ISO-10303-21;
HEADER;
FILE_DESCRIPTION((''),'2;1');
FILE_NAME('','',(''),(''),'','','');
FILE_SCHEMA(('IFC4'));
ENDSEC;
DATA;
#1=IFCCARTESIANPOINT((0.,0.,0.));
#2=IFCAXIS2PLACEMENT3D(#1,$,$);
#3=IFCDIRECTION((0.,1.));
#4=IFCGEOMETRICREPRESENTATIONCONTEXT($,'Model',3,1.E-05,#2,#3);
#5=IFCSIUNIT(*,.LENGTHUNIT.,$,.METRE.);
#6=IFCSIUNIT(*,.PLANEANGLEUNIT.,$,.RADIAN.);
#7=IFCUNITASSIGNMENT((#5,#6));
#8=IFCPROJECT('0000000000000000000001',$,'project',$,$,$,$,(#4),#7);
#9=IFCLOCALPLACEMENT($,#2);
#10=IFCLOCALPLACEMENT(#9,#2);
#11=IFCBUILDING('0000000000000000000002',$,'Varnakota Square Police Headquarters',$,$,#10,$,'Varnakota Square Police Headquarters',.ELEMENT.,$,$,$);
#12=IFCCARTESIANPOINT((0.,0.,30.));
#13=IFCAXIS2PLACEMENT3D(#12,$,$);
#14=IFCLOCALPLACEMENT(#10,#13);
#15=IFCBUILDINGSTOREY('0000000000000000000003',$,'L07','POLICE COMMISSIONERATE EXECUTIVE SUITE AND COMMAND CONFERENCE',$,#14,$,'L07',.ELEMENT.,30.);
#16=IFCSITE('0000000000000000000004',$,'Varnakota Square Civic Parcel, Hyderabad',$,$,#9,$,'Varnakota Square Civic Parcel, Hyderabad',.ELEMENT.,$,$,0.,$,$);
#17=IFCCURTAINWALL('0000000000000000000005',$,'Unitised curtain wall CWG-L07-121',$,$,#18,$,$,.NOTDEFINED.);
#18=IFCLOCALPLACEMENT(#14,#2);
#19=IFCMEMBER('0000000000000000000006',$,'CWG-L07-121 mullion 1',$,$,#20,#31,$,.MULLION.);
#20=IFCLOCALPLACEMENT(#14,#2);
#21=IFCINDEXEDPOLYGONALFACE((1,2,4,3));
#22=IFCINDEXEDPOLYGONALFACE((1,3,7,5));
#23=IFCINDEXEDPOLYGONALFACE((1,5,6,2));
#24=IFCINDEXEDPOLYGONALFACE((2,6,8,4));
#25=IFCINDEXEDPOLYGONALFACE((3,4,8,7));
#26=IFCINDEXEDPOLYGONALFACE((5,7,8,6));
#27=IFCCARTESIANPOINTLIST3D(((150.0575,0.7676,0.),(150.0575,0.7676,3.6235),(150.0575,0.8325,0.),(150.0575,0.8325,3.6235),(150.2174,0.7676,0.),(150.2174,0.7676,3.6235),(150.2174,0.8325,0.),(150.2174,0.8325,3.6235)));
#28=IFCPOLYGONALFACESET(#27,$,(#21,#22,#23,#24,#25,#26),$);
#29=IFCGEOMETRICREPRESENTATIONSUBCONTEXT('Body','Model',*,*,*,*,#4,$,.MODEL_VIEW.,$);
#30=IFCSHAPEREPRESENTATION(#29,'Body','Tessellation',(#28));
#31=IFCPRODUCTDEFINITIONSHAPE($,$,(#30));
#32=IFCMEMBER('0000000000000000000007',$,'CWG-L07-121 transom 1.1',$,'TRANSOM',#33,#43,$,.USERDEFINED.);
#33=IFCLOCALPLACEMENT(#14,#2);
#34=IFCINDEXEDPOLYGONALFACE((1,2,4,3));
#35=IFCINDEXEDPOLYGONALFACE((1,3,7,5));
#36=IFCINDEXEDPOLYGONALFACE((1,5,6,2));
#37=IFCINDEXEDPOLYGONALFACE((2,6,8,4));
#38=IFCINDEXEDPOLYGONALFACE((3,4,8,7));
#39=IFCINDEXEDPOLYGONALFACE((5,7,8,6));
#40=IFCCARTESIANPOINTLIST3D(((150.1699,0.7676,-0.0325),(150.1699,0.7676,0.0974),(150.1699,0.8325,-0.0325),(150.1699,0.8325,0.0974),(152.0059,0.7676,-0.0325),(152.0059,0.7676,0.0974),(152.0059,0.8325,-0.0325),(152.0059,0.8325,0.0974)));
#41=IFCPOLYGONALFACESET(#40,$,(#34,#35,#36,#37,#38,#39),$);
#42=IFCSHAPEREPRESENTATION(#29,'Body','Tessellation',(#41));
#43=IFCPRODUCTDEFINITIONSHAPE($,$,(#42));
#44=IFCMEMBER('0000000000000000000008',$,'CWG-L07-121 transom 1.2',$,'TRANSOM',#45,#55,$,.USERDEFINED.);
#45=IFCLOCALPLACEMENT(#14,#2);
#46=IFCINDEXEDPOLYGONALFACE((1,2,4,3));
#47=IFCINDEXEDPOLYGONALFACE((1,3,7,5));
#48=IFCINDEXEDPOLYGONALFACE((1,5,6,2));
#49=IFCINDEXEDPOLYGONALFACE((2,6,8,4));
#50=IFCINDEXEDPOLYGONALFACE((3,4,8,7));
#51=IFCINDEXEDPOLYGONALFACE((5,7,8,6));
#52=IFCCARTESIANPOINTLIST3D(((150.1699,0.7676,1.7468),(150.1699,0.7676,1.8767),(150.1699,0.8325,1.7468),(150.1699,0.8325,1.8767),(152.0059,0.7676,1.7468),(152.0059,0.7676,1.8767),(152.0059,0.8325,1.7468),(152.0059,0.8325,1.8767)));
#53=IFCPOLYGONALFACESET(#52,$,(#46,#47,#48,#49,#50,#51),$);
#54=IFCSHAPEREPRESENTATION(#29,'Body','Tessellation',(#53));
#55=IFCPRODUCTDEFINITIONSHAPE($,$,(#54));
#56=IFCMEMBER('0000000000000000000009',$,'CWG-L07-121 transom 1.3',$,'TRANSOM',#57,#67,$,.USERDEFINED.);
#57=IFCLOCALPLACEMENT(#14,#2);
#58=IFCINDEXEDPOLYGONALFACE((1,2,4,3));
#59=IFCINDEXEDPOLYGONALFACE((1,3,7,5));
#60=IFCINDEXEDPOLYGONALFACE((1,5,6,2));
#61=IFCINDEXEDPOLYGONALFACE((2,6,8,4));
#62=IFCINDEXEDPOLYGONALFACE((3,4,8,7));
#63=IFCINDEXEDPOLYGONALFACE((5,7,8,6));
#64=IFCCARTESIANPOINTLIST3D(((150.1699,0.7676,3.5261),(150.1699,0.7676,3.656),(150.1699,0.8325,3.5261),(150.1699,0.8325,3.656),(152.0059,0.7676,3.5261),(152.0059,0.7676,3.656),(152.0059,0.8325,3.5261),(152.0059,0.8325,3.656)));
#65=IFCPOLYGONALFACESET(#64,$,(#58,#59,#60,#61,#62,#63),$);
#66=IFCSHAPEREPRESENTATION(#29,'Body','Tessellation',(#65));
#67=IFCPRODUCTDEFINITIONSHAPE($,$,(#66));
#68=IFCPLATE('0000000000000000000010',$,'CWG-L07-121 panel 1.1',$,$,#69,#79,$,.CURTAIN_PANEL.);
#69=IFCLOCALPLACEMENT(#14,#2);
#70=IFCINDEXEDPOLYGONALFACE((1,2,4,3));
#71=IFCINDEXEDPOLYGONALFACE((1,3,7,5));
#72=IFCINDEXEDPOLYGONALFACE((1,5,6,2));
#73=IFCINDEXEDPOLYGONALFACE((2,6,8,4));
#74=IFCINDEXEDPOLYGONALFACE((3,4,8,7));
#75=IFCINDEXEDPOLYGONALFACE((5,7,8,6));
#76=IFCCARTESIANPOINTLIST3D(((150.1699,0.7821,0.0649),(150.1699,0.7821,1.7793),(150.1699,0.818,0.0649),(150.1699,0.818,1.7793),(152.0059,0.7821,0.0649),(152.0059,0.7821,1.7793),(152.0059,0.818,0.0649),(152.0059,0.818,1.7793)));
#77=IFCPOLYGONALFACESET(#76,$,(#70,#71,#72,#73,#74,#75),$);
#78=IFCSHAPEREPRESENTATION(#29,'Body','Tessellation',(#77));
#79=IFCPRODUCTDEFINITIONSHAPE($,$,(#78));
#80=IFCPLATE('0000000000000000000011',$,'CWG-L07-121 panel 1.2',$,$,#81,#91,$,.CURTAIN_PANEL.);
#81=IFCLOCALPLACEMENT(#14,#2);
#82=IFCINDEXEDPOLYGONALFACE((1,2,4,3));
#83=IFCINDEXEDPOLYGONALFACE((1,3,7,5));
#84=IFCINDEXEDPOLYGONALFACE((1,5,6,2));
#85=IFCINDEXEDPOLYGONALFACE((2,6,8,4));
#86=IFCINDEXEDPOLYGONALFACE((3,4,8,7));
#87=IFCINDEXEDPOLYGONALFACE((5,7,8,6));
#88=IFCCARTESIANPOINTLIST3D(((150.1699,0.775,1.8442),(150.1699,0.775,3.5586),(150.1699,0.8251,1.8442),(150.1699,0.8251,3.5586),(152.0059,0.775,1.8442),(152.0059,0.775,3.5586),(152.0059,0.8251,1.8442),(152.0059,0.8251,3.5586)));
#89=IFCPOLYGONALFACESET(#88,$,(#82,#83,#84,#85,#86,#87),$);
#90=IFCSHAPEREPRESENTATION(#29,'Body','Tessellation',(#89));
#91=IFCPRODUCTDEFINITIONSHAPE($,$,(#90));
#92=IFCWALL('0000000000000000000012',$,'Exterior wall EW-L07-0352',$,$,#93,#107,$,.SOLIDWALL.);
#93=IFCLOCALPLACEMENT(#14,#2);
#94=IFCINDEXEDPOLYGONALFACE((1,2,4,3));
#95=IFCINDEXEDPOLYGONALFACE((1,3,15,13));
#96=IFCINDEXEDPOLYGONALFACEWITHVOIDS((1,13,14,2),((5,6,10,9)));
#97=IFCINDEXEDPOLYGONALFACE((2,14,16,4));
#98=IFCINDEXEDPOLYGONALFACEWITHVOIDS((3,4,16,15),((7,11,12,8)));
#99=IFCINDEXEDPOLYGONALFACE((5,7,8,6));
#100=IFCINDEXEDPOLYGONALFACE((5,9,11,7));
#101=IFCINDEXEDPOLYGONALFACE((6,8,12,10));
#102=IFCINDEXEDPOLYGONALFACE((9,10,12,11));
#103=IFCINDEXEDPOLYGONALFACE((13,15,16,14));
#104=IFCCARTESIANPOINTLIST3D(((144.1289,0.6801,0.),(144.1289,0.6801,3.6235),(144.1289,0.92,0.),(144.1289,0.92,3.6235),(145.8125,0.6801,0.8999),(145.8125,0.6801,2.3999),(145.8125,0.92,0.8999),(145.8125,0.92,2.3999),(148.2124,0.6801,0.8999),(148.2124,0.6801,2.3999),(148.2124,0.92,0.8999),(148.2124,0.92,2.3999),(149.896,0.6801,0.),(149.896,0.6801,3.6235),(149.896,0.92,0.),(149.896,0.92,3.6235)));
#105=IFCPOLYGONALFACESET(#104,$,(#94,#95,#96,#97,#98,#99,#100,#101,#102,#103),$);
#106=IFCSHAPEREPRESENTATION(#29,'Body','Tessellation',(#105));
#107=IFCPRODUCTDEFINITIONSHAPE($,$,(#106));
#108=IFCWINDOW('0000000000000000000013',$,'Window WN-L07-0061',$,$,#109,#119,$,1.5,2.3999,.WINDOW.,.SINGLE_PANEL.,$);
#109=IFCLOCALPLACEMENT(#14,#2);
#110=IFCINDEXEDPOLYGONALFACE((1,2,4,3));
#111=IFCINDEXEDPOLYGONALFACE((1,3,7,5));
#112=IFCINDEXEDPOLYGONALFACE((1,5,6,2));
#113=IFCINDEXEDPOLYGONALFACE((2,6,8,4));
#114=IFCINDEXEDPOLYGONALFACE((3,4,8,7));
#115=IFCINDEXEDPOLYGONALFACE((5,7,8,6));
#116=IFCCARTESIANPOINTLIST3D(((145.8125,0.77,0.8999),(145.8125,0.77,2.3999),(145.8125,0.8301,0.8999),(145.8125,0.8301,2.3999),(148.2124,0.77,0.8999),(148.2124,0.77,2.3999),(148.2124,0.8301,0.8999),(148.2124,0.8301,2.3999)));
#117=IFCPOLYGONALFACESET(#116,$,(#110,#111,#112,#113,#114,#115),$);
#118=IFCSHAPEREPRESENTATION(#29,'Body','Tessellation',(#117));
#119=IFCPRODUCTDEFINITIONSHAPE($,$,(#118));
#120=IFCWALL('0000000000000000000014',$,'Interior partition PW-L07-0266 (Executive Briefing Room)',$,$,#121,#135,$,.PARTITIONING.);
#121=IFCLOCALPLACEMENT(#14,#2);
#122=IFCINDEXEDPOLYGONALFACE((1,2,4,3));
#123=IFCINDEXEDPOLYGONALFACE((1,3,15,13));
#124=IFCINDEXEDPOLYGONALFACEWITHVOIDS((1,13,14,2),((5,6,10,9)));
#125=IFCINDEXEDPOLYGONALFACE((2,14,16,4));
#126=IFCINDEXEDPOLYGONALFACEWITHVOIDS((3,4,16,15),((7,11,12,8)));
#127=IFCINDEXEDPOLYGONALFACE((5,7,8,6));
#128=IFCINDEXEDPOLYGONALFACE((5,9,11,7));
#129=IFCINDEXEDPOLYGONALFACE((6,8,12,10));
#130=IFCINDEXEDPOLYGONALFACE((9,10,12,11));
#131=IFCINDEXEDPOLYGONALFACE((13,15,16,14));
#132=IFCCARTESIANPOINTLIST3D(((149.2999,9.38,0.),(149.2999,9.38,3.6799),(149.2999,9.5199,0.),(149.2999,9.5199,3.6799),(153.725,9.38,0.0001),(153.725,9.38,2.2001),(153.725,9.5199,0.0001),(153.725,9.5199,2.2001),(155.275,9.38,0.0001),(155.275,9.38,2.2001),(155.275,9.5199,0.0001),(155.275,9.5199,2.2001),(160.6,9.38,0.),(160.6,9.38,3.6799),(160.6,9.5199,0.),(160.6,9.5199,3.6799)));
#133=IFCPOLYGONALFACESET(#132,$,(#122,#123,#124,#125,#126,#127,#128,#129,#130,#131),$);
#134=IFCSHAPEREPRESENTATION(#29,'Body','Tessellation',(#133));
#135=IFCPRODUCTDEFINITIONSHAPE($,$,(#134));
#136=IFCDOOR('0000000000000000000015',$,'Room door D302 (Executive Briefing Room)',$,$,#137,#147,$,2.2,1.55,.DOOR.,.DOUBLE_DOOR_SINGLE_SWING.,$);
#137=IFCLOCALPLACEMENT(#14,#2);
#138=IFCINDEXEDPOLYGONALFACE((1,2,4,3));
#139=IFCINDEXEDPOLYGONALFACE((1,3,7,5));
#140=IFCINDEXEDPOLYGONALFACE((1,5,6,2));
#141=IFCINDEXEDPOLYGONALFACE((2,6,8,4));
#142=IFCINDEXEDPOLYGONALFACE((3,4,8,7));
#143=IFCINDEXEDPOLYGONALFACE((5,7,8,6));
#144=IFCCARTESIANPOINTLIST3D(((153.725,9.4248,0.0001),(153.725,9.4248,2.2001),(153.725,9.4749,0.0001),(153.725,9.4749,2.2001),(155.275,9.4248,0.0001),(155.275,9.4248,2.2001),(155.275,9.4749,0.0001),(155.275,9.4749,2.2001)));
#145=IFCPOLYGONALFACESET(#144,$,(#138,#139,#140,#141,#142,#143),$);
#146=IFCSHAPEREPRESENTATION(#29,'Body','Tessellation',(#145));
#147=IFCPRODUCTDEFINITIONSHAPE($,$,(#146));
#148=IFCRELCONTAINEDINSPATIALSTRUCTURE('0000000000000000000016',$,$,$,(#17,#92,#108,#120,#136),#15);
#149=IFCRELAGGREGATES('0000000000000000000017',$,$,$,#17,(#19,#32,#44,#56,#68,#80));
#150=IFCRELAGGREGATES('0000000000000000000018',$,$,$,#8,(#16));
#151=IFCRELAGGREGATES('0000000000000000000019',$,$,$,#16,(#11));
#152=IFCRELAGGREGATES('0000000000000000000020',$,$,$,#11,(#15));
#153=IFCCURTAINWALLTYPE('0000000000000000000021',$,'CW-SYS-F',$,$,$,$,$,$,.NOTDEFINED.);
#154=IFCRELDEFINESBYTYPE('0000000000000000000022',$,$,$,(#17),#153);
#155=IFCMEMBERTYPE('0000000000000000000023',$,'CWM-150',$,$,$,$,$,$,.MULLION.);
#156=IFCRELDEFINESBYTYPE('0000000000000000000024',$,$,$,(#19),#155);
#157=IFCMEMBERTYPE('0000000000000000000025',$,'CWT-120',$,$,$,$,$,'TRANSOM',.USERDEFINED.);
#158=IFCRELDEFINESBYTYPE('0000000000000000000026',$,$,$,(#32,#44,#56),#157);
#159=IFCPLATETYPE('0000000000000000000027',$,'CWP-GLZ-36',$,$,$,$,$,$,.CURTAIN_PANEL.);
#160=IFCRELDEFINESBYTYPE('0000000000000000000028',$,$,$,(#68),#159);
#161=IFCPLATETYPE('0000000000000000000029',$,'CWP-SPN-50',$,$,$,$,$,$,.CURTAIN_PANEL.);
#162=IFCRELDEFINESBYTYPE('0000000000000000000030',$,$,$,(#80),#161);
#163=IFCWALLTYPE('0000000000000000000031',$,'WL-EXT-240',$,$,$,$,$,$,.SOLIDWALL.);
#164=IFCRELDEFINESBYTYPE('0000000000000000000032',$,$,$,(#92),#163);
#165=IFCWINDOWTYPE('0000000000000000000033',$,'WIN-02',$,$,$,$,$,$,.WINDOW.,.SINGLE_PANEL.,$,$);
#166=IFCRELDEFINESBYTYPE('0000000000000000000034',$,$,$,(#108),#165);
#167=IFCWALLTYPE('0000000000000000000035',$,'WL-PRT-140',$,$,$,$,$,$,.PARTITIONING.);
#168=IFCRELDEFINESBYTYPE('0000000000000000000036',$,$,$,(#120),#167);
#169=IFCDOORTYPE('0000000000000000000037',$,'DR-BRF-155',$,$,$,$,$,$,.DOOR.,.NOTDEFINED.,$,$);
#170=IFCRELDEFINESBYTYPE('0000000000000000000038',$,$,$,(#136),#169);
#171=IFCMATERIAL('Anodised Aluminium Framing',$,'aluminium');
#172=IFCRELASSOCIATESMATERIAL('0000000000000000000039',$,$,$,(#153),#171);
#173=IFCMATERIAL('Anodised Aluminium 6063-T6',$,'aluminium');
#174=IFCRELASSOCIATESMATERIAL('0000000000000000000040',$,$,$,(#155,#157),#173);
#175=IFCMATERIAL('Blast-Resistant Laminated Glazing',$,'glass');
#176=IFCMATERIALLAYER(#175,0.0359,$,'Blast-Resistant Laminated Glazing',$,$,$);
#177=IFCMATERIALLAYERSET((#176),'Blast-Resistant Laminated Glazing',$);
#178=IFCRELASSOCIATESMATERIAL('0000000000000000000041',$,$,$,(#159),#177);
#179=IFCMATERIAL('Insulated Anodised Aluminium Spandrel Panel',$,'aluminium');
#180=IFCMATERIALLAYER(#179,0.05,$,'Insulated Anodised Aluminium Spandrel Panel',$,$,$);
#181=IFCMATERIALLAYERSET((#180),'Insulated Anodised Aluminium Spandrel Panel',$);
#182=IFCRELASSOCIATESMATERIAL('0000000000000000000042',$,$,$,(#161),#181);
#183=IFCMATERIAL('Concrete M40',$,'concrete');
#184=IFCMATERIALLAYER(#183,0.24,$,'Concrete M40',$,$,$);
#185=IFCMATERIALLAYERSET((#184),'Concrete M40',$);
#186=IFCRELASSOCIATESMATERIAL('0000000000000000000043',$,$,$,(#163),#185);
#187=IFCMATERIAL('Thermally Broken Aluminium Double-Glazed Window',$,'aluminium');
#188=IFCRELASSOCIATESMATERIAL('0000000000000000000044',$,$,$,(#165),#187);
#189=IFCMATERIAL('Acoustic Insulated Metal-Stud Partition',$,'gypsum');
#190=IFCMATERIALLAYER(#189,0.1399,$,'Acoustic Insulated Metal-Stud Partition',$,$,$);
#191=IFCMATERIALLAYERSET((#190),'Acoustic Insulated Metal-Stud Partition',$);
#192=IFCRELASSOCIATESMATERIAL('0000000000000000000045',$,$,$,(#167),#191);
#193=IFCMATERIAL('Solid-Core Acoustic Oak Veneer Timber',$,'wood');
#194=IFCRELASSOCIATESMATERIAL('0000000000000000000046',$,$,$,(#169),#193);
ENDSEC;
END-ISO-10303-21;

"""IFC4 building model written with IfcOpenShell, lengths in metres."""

from ifc_helpers import new_model, si_unit, direction, frame, frame_2d, origin, origin_2d, place, context, subcontext, project, spatial, rectangle, extrude, material, layer, layer_set, material_profile, profile_set, type_object, element, fill, aggregate, save


model = new_model("IFC4")

# Units and contexts
model_context = context("Model", 3, precision=1e-05, world=origin(), true_north=direction((0.0, 1.0)))
body_context = subcontext(model_context, "Body", "Model", "MODEL_VIEW")
ifc_project = project(units=[si_unit("LENGTHUNIT", "METRE"), si_unit("PLANEANGLEUNIT", "RADIAN")], contexts=[model_context])

# Site, building, storey
site_placement = place(None, origin())
site = spatial("IfcSite", under=ifc_project, at=site_placement, Name="Varnakota Square Civic Parcel, Hyderabad", LongName="Varnakota Square Civic Parcel, Hyderabad", CompositionType="ELEMENT", RefElevation=0.0)
building_placement = place(site_placement, origin())
building = spatial("IfcBuilding", under=site, at=building_placement, Name="Varnakota Square Police Headquarters", LongName="Varnakota Square Police Headquarters", CompositionType="ELEMENT")
storey_placement = place(building_placement, frame((0.0, 0.0, 30.0)))
storey = spatial("IfcBuildingStorey", under=building, at=storey_placement, Name="L07", Description="POLICE COMMISSIONERATE EXECUTIVE SUITE AND COMMAND CONFERENCE", LongName="L07", CompositionType="ELEMENT", Elevation=30.0)

# Curtain wall, members, plates
ifc_material_1 = material(Name="Anodised Aluminium Framing", Category="aluminium")
curtain_wall_type = type_object("IfcCurtainWallType", Name="CW-SYS-F", PredefinedType="NOTDEFINED", material=ifc_material_1)
curtain_wall_placement = place(storey_placement, origin())
curtain_wall = element("IfcCurtainWall", 1, at=curtain_wall_placement, inside=storey, type_object=curtain_wall_type, Name="Unitised curtain wall CWG-L07-121", PredefinedType="NOTDEFINED")
ifc_material_2 = material(Name="Anodised Aluminium 6063-T6", Category="aluminium")
ifc_material_profile_1 = material_profile(ifc_material_2, rectangle(XDim=0.0649, YDim=0.1599, at=origin_2d()), Name="ALU MULLION 65x160")
ifc_profile_set_1 = profile_set([ifc_material_profile_1], Name="Anodised Aluminium 6063-T6")
member_type_1 = type_object("IfcMemberType", Name="CWM-150", PredefinedType="MULLION", material=ifc_profile_set_1)
member_1_placement = place(storey_placement, frame((150.1375, 0.8, 0.0), z_axis=(0.0, 0.0, 1.0), x_axis=(0.0, 1.0, 0.0)))
member_1 = element("IfcMember", 2, at=member_1_placement, type_object=member_type_1, Name="CWG-L07-121 mullion 1", PredefinedType="MULLION", context=body_context, shape_type="SweptSolid", body=[
    extrude(rectangle(XDim=0.0649, YDim=0.1599, at=origin_2d()), origin(), (0.0, 0.0, 1.0), 3.6235),
])
ifc_material_profile_2 = material_profile(ifc_material_2, rectangle(XDim=0.0649, YDim=0.1299, at=origin_2d()), Name="ALU TRANSOM 65x130")
ifc_profile_set_2 = profile_set([ifc_material_profile_2], Name="Anodised Aluminium 6063-T6")
member_type_2 = type_object("IfcMemberType", Name="CWT-120", ElementType="TRANSOM", PredefinedType="USERDEFINED", material=ifc_profile_set_2)
member_2_placement = place(storey_placement, frame((150.1699, 0.8, 0.0325), z_axis=(1.0, 0.0, 0.0), x_axis=(0.0, 1.0, 0.0)))
member_2 = element("IfcMember", 3, at=member_2_placement, type_object=member_type_2, Name="CWG-L07-121 transom 1.1", ObjectType="TRANSOM", PredefinedType="USERDEFINED", context=body_context, shape_type="SweptSolid", body=[
    extrude(rectangle(XDim=0.0649, YDim=0.1299, at=origin_2d()), origin(), (0.0, 0.0, 1.0), 1.8359),
])
member_3_placement = place(storey_placement, frame((150.1699, 0.8, 1.8118), z_axis=(1.0, 0.0, 0.0), x_axis=(0.0, 1.0, 0.0)))
member_3 = element("IfcMember", 4, at=member_3_placement, type_object=member_type_2, Name="CWG-L07-121 transom 1.2", ObjectType="TRANSOM", PredefinedType="USERDEFINED", context=body_context, shape_type="SweptSolid", body=[
    extrude(rectangle(XDim=0.0649, YDim=0.1299, at=origin_2d()), origin(), (0.0, 0.0, 1.0), 1.8359),
])
member_4_placement = place(storey_placement, frame((150.1699, 0.8, 3.5911), z_axis=(1.0, 0.0, 0.0), x_axis=(0.0, 1.0, 0.0)))
member_4 = element("IfcMember", 5, at=member_4_placement, type_object=member_type_2, Name="CWG-L07-121 transom 1.3", ObjectType="TRANSOM", PredefinedType="USERDEFINED", context=body_context, shape_type="SweptSolid", body=[
    extrude(rectangle(XDim=0.0649, YDim=0.1299, at=origin_2d()), origin(), (0.0, 0.0, 1.0), 1.8359),
])
ifc_material_3 = material(Name="Blast-Resistant Laminated Glazing", Category="glass")
ifc_layer_1 = layer(ifc_material_3, 0.0359, Name="Blast-Resistant Laminated Glazing")
ifc_layer_set_1 = layer_set([ifc_layer_1], Name="Blast-Resistant Laminated Glazing")
plate_type_1 = type_object("IfcPlateType", Name="CWP-GLZ-36", PredefinedType="CURTAIN_PANEL", material=ifc_layer_set_1)
plate_1_placement = place(storey_placement, frame((151.0879, 0.8, 0.0649), z_axis=(0.0, 0.0, 1.0), x_axis=(1.0, 0.0, 0.0)))
plate_1 = element("IfcPlate", 6, at=plate_1_placement, type_object=plate_type_1, Name="CWG-L07-121 panel 1.1", PredefinedType="CURTAIN_PANEL", context=body_context, shape_type="SweptSolid", body=[
    extrude(rectangle(XDim=1.8359, YDim=0.0359, at=origin_2d()), origin(), (0.0, 0.0, 1.0), 1.7144),
])
ifc_material_4 = material(Name="Insulated Anodised Aluminium Spandrel Panel", Category="aluminium")
ifc_layer_2 = layer(ifc_material_4, 0.05, Name="Insulated Anodised Aluminium Spandrel Panel")
ifc_layer_set_2 = layer_set([ifc_layer_2], Name="Insulated Anodised Aluminium Spandrel Panel")
plate_type_2 = type_object("IfcPlateType", Name="CWP-SPN-50", PredefinedType="CURTAIN_PANEL", material=ifc_layer_set_2)
plate_2_placement = place(storey_placement, frame((151.0879, 0.8, 1.8442), z_axis=(0.0, 0.0, 1.0), x_axis=(1.0, 0.0, 0.0)))
plate_2 = element("IfcPlate", 7, at=plate_2_placement, type_object=plate_type_2, Name="CWG-L07-121 panel 1.2", PredefinedType="CURTAIN_PANEL", context=body_context, shape_type="SweptSolid", body=[
    extrude(rectangle(XDim=1.8359, YDim=0.05, at=origin_2d()), origin(), (0.0, 0.0, 1.0), 1.7144),
])
aggregate(curtain_wall, [member_1, member_2, member_3, member_4, plate_1, plate_2])

# Wall, opening, window
ifc_material_5 = material(Name="Concrete M40", Category="concrete")
ifc_layer_3 = layer(ifc_material_5, 0.24, Name="Concrete M40")
ifc_layer_set_3 = layer_set([ifc_layer_3], Name="Concrete M40")
wall_type_1 = type_object("IfcWallType", Name="WL-EXT-240", PredefinedType="SOLIDWALL", material=ifc_layer_set_3)
wall_1_placement = place(storey_placement, frame((144.1289, 0.8, 0.0), z_axis=(0.0, 0.0, 1.0), x_axis=(1.0, 0.0, 0.0)))
wall_1 = element("IfcWall", 8, at=wall_1_placement, inside=storey, type_object=wall_type_1, Name="Exterior wall EW-L07-0352", PredefinedType="SOLIDWALL", context=body_context, shape_type="SweptSolid", body=[
    extrude(rectangle(XDim=5.7671, YDim=0.24, at=frame_2d((2.8835, 0.0))), origin(), (0.0, 0.0, 1.0), 3.6235),
])
opening_1_placement = place(wall_1_placement, frame((1.6836, 0.0, 0.8999)))
opening_1 = element("IfcOpeningElement", 9, at=opening_1_placement, cuts=wall_1, PredefinedType="OPENING", context=body_context, shape_type="SweptSolid", body=[
    extrude(rectangle(XDim=2.3999, YDim=1.5, at=frame_2d((1.2, 0.75))), frame((0.0, 0.1299, 0.0), z_axis=(0.0, -1.0, 0.0), x_axis=(1.0, 0.0, 0.0)), (0.0, 0.0, 1.0), 0.26),
])
ifc_material_6 = material(Name="Thermally Broken Aluminium Double-Glazed Window", Category="aluminium")
window_type = type_object("IfcWindowType", Name="WIN-02", PartitioningType="SINGLE_PANEL", PredefinedType="WINDOW", material=ifc_material_6)
window_placement = place(opening_1_placement, origin())
window = element("IfcWindow", 10, at=window_placement, inside=storey, type_object=window_type, Name="Window WN-L07-0061", OverallHeight=1.5, OverallWidth=2.3999, PartitioningType="SINGLE_PANEL", PredefinedType="WINDOW", context=body_context, shape_type="SweptSolid", body=[
    extrude(rectangle(XDim=2.3999, YDim=1.5, at=frame_2d((1.2, 0.75))), frame((0.0, 0.03, 0.0), z_axis=(0.0, -1.0, 0.0), x_axis=(1.0, 0.0, 0.0)), (0.0, 0.0, 1.0), 0.0601),
])
fill(opening_1, window)

# Wall, opening, door
ifc_material_7 = material(Name="Acoustic Insulated Metal-Stud Partition", Category="gypsum")
ifc_layer_4 = layer(ifc_material_7, 0.1399, Name="Acoustic Insulated Metal-Stud Partition")
ifc_layer_set_4 = layer_set([ifc_layer_4], Name="Acoustic Insulated Metal-Stud Partition")
wall_type_2 = type_object("IfcWallType", Name="WL-PRT-140", PredefinedType="PARTITIONING", material=ifc_layer_set_4)
wall_2_placement = place(storey_placement, frame((149.3, 9.45, 0.0), z_axis=(0.0, 0.0, 1.0), x_axis=(1.0, 0.0, 0.0)))
wall_2 = element("IfcWall", 11, at=wall_2_placement, inside=storey, type_object=wall_type_2, Name="Interior partition PW-L07-0266 (Executive Briefing Room)", PredefinedType="PARTITIONING", context=body_context, shape_type="SweptSolid", body=[
    extrude(rectangle(XDim=11.3, YDim=0.1399, at=frame_2d((5.6499, 0.0))), origin(), (0.0, 0.0, 1.0), 3.6799),
])
opening_2_placement = place(wall_2_placement, frame((4.425, 0.0, 0.0)))
opening_2 = element("IfcOpeningElement", 12, at=opening_2_placement, cuts=wall_2, PredefinedType="OPENING", context=body_context, shape_type="SweptSolid", body=[
    extrude(rectangle(XDim=1.55, YDim=2.2, at=frame_2d((0.7749, 1.1001))), frame((0.0, 0.0798, 0.0), z_axis=(0.0, -1.0, 0.0), x_axis=(1.0, 0.0, 0.0)), (0.0, 0.0, 1.0), 0.1599),
])
ifc_material_8 = material(Name="Solid-Core Acoustic Oak Veneer Timber", Category="wood")
door_type = type_object("IfcDoorType", Name="DR-BRF-155", OperationType="NOTDEFINED", PredefinedType="DOOR", material=ifc_material_8)
door_placement = place(opening_2_placement, origin())
door = element("IfcDoor", 13, at=door_placement, inside=storey, type_object=door_type, Name="Room door D302 (Executive Briefing Room)", OperationType="DOUBLE_DOOR_SINGLE_SWING", OverallHeight=2.2, OverallWidth=1.55, PredefinedType="DOOR", context=body_context, shape_type="SweptSolid", body=[
    extrude(rectangle(XDim=1.55, YDim=2.2, at=frame_2d((0.7749, 1.1001))), frame((0.0, 0.0249, 0.0), z_axis=(0.0, -1.0, 0.0), x_axis=(1.0, 0.0, 0.0)), (0.0, 0.0, 1.0), 0.05),
])
fill(opening_2, door)

save(model, "model.ifc")
